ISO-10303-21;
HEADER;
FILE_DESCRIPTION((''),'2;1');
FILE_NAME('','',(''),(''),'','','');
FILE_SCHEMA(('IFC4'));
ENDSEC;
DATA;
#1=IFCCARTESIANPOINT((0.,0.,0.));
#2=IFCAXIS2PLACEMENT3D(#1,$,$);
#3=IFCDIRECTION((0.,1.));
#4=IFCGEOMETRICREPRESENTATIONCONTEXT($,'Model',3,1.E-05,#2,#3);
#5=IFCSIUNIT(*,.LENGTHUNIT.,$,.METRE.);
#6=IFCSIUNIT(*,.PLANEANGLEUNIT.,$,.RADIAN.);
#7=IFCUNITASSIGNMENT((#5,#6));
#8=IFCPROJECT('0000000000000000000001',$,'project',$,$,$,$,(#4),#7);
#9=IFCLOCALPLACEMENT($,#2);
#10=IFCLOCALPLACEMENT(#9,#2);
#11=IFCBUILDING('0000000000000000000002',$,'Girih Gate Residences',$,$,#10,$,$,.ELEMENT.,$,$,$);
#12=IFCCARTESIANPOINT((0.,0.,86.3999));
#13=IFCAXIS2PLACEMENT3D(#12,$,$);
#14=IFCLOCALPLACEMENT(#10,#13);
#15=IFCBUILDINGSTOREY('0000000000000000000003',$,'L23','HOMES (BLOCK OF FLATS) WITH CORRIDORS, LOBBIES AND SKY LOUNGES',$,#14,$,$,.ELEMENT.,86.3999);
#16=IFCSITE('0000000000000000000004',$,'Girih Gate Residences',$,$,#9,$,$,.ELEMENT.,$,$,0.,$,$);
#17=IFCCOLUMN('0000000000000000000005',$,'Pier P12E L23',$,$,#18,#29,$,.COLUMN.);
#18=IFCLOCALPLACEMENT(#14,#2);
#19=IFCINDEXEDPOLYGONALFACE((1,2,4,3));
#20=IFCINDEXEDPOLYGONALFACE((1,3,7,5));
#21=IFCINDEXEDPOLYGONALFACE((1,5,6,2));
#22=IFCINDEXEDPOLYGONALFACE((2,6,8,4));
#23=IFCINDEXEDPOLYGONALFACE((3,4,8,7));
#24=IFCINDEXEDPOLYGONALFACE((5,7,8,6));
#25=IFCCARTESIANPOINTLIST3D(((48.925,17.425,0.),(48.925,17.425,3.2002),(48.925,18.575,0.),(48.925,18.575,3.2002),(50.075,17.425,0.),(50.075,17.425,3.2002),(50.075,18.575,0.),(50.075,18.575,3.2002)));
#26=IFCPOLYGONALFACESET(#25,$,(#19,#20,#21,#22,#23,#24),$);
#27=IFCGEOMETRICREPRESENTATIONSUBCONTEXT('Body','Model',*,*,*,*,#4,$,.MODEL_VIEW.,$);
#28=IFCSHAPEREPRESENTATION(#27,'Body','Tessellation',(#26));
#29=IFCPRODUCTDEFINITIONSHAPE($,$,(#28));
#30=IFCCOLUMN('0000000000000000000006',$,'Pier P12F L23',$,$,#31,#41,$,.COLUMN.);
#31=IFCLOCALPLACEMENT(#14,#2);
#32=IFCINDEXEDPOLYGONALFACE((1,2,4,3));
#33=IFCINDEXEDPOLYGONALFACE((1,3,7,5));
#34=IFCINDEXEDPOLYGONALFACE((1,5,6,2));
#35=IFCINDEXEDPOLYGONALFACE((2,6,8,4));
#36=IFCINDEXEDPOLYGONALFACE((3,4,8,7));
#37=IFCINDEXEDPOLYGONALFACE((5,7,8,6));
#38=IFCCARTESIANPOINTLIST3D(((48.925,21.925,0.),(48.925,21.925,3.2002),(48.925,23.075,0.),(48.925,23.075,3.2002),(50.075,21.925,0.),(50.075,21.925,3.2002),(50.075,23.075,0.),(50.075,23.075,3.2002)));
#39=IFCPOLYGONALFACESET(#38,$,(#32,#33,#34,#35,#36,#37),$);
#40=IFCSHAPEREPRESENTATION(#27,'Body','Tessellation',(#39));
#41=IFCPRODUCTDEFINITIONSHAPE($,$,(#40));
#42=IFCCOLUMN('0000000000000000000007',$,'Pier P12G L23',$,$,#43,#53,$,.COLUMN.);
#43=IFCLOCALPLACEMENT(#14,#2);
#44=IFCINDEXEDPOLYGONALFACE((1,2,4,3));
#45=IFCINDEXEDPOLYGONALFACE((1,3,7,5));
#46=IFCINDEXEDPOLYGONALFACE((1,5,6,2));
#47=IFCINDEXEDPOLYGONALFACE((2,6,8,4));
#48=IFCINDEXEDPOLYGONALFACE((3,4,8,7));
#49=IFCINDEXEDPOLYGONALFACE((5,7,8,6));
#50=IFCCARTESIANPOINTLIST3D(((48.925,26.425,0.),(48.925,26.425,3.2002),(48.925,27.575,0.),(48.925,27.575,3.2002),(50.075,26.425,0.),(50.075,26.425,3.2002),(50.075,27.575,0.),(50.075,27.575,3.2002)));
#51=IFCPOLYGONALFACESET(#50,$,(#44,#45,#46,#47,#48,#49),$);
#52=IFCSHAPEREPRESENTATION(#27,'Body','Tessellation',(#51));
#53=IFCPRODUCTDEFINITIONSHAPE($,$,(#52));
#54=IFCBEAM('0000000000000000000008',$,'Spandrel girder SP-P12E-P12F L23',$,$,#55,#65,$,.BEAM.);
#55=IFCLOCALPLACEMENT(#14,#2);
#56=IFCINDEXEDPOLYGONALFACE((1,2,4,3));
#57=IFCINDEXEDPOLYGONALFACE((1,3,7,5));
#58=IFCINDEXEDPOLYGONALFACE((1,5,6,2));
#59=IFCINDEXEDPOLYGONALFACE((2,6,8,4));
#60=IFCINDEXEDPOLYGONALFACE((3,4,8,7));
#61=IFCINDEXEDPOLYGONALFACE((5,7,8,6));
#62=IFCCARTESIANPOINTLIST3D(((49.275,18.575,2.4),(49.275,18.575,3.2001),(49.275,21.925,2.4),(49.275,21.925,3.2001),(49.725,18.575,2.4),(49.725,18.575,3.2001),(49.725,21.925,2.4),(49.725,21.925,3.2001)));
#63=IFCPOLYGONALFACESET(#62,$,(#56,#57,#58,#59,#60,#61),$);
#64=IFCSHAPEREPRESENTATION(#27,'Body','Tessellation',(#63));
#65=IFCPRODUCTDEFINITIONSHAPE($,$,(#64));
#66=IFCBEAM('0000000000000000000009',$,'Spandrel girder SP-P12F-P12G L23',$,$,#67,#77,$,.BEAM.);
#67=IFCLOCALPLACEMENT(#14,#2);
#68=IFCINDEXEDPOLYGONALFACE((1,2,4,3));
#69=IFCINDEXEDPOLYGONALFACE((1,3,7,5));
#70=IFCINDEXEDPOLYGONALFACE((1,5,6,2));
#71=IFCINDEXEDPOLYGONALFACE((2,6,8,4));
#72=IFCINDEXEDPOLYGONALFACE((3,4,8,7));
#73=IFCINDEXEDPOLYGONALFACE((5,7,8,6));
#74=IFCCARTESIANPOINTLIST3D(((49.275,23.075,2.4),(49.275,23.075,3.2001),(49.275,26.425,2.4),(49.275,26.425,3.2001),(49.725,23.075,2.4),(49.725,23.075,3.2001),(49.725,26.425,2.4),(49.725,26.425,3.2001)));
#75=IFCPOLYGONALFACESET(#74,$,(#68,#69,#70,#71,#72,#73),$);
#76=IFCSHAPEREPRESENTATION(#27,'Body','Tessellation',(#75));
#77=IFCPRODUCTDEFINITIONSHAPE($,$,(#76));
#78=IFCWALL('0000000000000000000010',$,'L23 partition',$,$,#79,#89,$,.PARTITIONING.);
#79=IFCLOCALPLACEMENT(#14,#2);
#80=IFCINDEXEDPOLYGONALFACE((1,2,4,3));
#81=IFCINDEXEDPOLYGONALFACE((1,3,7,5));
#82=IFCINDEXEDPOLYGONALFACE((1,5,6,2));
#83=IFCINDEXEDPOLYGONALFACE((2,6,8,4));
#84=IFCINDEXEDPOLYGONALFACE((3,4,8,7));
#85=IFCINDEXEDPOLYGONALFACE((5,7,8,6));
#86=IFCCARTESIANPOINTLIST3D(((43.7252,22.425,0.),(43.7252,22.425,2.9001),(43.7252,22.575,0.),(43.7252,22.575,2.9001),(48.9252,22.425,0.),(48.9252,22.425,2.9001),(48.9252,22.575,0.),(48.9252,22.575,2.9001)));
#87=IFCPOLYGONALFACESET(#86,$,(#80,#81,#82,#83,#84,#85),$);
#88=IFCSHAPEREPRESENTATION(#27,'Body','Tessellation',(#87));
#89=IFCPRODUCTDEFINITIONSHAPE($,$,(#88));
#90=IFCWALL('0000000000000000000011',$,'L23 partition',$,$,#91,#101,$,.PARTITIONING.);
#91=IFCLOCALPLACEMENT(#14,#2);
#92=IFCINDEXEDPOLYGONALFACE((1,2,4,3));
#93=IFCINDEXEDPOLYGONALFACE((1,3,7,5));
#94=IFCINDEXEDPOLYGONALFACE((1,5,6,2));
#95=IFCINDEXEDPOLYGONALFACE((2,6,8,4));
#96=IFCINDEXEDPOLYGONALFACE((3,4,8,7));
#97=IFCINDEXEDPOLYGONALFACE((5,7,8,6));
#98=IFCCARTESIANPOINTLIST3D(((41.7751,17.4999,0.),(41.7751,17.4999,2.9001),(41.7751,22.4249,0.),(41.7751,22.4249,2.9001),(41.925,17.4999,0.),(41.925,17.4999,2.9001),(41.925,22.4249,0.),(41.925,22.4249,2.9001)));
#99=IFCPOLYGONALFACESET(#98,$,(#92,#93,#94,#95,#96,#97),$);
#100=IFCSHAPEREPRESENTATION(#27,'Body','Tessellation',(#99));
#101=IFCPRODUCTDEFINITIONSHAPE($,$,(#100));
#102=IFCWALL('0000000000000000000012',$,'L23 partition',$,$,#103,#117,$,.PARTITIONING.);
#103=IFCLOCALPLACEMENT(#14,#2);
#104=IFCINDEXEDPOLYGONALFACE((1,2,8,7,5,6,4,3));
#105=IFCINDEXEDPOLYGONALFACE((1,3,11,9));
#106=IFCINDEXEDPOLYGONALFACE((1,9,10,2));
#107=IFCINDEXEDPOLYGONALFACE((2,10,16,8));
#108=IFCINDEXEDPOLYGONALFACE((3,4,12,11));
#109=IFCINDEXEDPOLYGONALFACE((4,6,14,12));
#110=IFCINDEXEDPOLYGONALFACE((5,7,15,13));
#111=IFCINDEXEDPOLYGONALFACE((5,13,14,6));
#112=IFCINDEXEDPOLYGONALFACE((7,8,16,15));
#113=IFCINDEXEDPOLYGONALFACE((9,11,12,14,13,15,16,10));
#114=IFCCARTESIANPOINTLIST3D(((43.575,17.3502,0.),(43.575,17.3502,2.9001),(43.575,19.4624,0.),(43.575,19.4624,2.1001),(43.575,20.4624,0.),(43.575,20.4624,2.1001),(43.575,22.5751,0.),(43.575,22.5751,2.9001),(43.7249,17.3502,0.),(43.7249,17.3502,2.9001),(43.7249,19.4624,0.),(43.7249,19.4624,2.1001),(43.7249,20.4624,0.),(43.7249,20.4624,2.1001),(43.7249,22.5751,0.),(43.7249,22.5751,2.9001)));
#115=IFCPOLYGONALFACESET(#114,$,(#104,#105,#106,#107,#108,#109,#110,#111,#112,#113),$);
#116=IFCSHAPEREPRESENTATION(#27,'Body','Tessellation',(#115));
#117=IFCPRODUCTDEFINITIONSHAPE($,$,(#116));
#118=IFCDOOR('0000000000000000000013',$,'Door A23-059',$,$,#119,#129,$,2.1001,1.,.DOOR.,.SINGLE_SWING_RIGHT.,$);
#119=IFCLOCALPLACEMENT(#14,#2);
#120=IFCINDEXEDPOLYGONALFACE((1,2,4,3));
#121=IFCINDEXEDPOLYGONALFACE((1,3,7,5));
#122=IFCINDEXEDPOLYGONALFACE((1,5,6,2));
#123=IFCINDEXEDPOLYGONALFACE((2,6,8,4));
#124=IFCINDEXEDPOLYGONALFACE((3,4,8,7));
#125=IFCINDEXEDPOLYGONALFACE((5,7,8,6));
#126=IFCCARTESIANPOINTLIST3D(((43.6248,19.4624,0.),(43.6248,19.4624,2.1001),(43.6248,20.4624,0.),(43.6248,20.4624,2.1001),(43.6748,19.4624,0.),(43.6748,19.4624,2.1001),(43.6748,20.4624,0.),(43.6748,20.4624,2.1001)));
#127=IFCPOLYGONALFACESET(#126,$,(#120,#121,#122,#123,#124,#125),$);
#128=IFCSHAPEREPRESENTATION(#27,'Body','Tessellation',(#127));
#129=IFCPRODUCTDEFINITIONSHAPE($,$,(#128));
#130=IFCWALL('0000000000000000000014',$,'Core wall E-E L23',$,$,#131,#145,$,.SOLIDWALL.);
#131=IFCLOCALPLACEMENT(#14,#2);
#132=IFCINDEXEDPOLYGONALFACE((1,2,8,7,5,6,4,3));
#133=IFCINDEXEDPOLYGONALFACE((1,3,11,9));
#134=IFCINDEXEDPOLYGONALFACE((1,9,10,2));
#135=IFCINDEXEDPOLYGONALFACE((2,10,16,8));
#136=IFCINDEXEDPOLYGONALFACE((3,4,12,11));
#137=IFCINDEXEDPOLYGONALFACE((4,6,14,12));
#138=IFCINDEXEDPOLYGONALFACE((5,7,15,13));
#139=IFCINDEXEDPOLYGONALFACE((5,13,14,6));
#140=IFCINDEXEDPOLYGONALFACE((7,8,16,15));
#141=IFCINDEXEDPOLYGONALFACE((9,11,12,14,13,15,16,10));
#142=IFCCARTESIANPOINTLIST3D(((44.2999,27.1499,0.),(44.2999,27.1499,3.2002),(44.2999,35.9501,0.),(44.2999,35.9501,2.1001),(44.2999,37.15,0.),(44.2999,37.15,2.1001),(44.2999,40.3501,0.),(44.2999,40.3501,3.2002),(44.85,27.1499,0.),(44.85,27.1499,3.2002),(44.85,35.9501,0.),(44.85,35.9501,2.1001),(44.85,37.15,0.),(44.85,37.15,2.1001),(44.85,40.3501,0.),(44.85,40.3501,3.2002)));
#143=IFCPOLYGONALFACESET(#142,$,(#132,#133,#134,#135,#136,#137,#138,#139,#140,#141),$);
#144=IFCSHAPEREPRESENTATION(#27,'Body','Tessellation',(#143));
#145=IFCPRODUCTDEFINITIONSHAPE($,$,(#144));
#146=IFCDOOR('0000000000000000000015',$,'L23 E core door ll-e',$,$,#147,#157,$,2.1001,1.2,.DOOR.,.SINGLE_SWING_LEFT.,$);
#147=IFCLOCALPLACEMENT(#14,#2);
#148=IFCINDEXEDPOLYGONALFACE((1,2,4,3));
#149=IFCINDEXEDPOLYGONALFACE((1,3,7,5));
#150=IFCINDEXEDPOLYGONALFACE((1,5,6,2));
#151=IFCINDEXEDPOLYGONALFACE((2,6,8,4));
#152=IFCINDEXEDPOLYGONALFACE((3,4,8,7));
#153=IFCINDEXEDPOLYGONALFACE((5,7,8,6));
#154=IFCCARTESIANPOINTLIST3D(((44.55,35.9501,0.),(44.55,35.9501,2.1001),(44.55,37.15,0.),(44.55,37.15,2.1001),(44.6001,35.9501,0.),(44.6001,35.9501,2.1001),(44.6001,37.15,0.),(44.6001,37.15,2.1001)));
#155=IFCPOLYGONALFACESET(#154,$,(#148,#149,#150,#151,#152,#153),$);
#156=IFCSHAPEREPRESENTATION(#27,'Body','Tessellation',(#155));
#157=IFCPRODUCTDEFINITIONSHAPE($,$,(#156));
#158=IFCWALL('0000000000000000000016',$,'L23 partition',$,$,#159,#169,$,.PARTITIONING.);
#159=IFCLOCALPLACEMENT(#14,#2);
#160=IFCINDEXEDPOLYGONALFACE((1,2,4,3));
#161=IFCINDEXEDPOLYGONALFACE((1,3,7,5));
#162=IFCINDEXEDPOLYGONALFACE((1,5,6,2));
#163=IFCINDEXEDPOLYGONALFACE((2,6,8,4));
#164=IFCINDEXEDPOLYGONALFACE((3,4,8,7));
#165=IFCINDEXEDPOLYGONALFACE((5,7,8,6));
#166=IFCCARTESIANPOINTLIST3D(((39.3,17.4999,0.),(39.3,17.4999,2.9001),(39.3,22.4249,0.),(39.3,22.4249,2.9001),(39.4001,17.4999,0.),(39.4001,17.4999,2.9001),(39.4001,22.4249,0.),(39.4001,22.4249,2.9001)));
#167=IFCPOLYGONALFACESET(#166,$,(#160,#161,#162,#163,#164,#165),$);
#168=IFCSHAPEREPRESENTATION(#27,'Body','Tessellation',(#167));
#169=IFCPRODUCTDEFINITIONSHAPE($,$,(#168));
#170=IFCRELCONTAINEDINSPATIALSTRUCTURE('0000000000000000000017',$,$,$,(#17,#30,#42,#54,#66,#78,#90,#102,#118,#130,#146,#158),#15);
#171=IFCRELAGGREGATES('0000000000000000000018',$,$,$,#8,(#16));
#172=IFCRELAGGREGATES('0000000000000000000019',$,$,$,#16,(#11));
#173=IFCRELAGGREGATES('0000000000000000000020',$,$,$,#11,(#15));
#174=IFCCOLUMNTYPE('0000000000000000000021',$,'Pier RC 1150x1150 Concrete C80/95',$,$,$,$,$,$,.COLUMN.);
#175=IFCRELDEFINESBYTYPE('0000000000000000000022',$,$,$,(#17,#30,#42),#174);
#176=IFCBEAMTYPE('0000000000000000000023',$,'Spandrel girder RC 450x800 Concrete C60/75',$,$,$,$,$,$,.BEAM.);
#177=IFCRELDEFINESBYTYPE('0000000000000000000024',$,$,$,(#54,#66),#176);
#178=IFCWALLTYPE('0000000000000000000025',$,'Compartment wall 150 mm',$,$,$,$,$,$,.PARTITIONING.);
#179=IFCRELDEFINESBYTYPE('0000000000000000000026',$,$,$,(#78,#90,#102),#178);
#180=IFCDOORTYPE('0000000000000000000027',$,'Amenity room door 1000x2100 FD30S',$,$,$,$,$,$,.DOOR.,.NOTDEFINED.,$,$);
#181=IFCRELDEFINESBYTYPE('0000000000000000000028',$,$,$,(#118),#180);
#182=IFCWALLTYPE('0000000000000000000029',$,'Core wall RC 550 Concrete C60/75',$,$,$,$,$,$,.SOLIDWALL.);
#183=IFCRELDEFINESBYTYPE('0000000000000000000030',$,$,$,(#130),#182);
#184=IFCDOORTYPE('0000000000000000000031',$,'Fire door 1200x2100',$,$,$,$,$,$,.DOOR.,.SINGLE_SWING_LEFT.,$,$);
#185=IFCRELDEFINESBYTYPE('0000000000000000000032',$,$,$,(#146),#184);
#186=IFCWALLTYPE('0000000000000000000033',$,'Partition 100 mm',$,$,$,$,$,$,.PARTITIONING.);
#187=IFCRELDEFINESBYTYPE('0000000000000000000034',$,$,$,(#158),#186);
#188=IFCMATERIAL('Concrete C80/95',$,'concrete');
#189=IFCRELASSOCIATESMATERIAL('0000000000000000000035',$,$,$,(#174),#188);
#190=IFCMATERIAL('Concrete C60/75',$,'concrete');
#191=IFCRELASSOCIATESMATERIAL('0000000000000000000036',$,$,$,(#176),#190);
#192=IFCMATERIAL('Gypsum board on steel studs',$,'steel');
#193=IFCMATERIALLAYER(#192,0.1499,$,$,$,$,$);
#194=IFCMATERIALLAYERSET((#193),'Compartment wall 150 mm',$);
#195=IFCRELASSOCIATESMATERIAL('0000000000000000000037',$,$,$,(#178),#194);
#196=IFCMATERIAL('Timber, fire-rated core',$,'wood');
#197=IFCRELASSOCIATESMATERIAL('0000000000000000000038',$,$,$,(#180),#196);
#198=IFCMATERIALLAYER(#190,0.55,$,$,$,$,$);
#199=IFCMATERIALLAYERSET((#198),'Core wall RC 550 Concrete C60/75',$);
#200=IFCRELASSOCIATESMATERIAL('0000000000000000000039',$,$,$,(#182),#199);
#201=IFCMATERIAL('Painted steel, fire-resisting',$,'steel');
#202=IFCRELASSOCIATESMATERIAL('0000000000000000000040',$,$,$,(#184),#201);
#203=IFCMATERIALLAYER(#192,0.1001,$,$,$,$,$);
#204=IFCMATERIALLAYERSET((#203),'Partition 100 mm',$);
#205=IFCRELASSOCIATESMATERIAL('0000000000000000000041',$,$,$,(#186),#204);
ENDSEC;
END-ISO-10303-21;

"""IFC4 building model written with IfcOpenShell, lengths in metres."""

from ifc_helpers import new_model, si_unit, direction, frame, frame_2d, origin, origin_2d, place, context, subcontext, project, spatial, rectangle, extrude, material, layer, layer_set, material_profile, profile_set, type_object, element, fill, save


model = new_model("IFC4")

# Units and contexts
model_context = context("Model", 3, precision=1e-05, world=origin(), true_north=direction((0.0, 1.0)))
body_context = subcontext(model_context, "Body", "Model", "MODEL_VIEW")
ifc_project = project(units=[si_unit("LENGTHUNIT", "METRE"), si_unit("PLANEANGLEUNIT", "RADIAN")], contexts=[model_context])

# Site, building, storey
site_placement = place(None, origin())
site = spatial("IfcSite", under=ifc_project, at=site_placement, Name="Girih Gate Residences", CompositionType="ELEMENT", RefElevation=0.0)
building_placement = place(site_placement, origin())
building = spatial("IfcBuilding", under=site, at=building_placement, Name="Girih Gate Residences", CompositionType="ELEMENT")
storey_placement = place(building_placement, frame((0.0, 0.0, 86.3999)))
storey = spatial("IfcBuildingStorey", under=building, at=storey_placement, Name="L23", Description="HOMES (BLOCK OF FLATS) WITH CORRIDORS, LOBBIES AND SKY LOUNGES", CompositionType="ELEMENT", Elevation=86.3999)

# Columns
ifc_material_1 = material(Name="Concrete C80/95", Category="concrete")
ifc_material_profile_1 = material_profile(ifc_material_1, rectangle(XDim=1.1499, YDim=1.1499, at=origin_2d()))
ifc_profile_set_1 = profile_set([ifc_material_profile_1], Name="Concrete C80/95")
column_type = type_object("IfcColumnType", Name="Pier RC 1150x1150 Concrete C80/95", PredefinedType="COLUMN", material=ifc_profile_set_1)
for number, where, z_axis, x_axis, name in (
    (1, (49.5, 18.0, 0.0), (0.0, 0.0, 1.0), (1.0, 0.0, 0.0), "Pier P12E L23"),
    (2, (49.5, 22.5, 0.0), (0.0, 0.0, 1.0), (1.0, 0.0, 0.0), "Pier P12F L23"),
    (3, (49.5, 27.0, 0.0), (0.0, 0.0, 1.0), (1.0, 0.0, 0.0), "Pier P12G L23"),
):
    element("IfcColumn", number, at=place(storey_placement, frame(where, z_axis=z_axis, x_axis=x_axis)), inside=storey, type_object=column_type, Name=name, PredefinedType="COLUMN", context=body_context, shape_type="SweptSolid", body=[
        extrude(rectangle(XDim=1.1499, YDim=1.1499, at=origin_2d()), origin(), (0.0, 0.0, 1.0), 3.2002),
    ])

# Beams
ifc_material_2 = material(Name="Concrete C60/75", Category="concrete")
ifc_material_profile_2 = material_profile(ifc_material_2, rectangle(XDim=0.45, YDim=0.8, at=origin_2d()))
ifc_profile_set_2 = profile_set([ifc_material_profile_2], Name="Concrete C60/75")
beam_type = type_object("IfcBeamType", Name="Spandrel girder RC 450x800 Concrete C60/75", PredefinedType="BEAM", material=ifc_profile_set_2)
for number, where, z_axis, x_axis, name in (
    (4, (49.5, 18.575, 2.8), (0.0, 1.0, 0.0), (-1.0, 0.0, 0.0), "Spandrel girder SP-P12E-P12F L23"),
    (5, (49.5, 23.075, 2.8), (0.0, 1.0, 0.0), (-1.0, 0.0, 0.0), "Spandrel girder SP-P12F-P12G L23"),
):
    element("IfcBeam", number, at=place(storey_placement, frame(where, z_axis=z_axis, x_axis=x_axis)), inside=storey, type_object=beam_type, Name=name, PredefinedType="BEAM", context=body_context, shape_type="SweptSolid", body=[
        extrude(rectangle(XDim=0.45, YDim=0.8, at=origin_2d()), origin(), (0.0, 0.0, 1.0), 3.3501),
    ])

# Walls
ifc_material_3 = material(Name="Gypsum board on steel studs", Category="steel")
ifc_layer_1 = layer(ifc_material_3, 0.1499)
ifc_layer_set_1 = layer_set([ifc_layer_1], Name="Compartment wall 150 mm")
wall_type_1 = type_object("IfcWallType", Name="Compartment wall 150 mm", PredefinedType="PARTITIONING", material=ifc_layer_set_1)
wall_1_placement = place(storey_placement, frame((43.7251, 22.5, 0.0), z_axis=(0.0, 0.0, 1.0), x_axis=(1.0, 0.0, 0.0)))
element("IfcWall", 6, at=wall_1_placement, inside=storey, type_object=wall_type_1, Name="L23 partition", PredefinedType="PARTITIONING", context=body_context, shape_type="SweptSolid", body=[
    extrude(rectangle(XDim=5.2, YDim=0.1499, at=frame_2d((2.6001, 0.0))), origin(), (0.0, 0.0, 1.0), 2.9001),
])
wall_2_placement = place(storey_placement, frame((41.8501, 17.5, 0.0), z_axis=(0.0, 0.0, 1.0), x_axis=(0.0, 1.0, 0.0)))
element("IfcWall", 7, at=wall_2_placement, inside=storey, type_object=wall_type_1, Name="L23 partition", PredefinedType="PARTITIONING", context=body_context, shape_type="SweptSolid", body=[
    extrude(rectangle(XDim=4.925, YDim=0.1499, at=frame_2d((2.4624, 0.0))), origin(), (0.0, 0.0, 1.0), 2.9001),
])

# Walls, openings, doors
wall_3_placement = place(storey_placement, frame((43.6499, 22.575, 0.0), z_axis=(0.0, 0.0, 1.0), x_axis=(0.0, -1.0, 0.0)))
wall_3 = element("IfcWall", 8, at=wall_3_placement, inside=storey, type_object=wall_type_1, Name="L23 partition", PredefinedType="PARTITIONING", context=body_context, shape_type="SweptSolid", body=[
    extrude(rectangle(XDim=5.2249, YDim=0.1499, at=frame_2d((2.6123, 0.0))), origin(), (0.0, 0.0, 1.0), 2.9001),
])
opening_1_placement = place(wall_3_placement, frame((2.1125, 0.0, 0.0)))
opening_1 = element("IfcOpeningElement", 9, at=opening_1_placement, cuts=wall_3, PredefinedType="OPENING", context=body_context, shape_type="SweptSolid", body=[
    extrude(rectangle(XDim=1.0, YDim=2.1001, at=frame_2d((0.5, 1.05))), frame((0.0, 0.085, 0.0), z_axis=(0.0, -1.0, 0.0), x_axis=(1.0, 0.0, 0.0)), (0.0, 0.0, 1.0), 0.1699),
])
ifc_material_4 = material(Name="Timber, fire-rated core", Category="wood")
door_type_1 = type_object("IfcDoorType", Name="Amenity room door 1000x2100 FD30S", OperationType="NOTDEFINED", PredefinedType="DOOR", material=ifc_material_4)
door_1_placement = place(opening_1_placement, origin())
door_1 = element("IfcDoor", 10, at=door_1_placement, inside=storey, type_object=door_type_1, Name="Door A23-059", OperationType="SINGLE_SWING_RIGHT", OverallHeight=2.1001, OverallWidth=1.0, PredefinedType="DOOR", context=body_context, shape_type="SweptSolid", body=[
    extrude(rectangle(XDim=1.0, YDim=2.1001, at=frame_2d((0.5, 1.05))), frame((0.0, 0.0249, 0.0), z_axis=(0.0, -1.0, 0.0), x_axis=(1.0, 0.0, 0.0)), (0.0, 0.0, 1.0), 0.05),
])
fill(opening_1, door_1)
ifc_layer_2 = layer(ifc_material_2, 0.55)
ifc_layer_set_2 = layer_set([ifc_layer_2], Name="Core wall RC 550 Concrete C60/75")
wall_type_2 = type_object("IfcWallType", Name="Core wall RC 550 Concrete C60/75", PredefinedType="SOLIDWALL", material=ifc_layer_set_2)
wall_4_placement = place(storey_placement, frame((44.575, 27.1499, 0.0), z_axis=(0.0, 0.0, 1.0), x_axis=(0.0, 1.0, 0.0)))
wall_4 = element("IfcWall", 11, at=wall_4_placement, inside=storey, type_object=wall_type_2, Name="Core wall E-E L23", PredefinedType="SOLIDWALL", context=body_context, shape_type="SweptSolid", body=[
    extrude(rectangle(XDim=13.2002, YDim=0.55, at=frame_2d((6.6001, 0.0))), origin(), (0.0, 0.0, 1.0), 3.2002),
])
opening_2_placement = place(wall_4_placement, frame((8.8, 0.0, 0.0)))
opening_2 = element("IfcOpeningElement", 12, at=opening_2_placement, cuts=wall_4, PredefinedType="OPENING", context=body_context, shape_type="SweptSolid", body=[
    extrude(rectangle(XDim=1.2, YDim=2.1001, at=frame_2d((0.6001, 1.05))), frame((0.0, 0.2849, 0.0), z_axis=(0.0, -1.0, 0.0), x_axis=(1.0, 0.0, 0.0)), (0.0, 0.0, 1.0), 0.5701),
])
ifc_material_5 = material(Name="Painted steel, fire-resisting", Category="steel")
door_type_2 = type_object("IfcDoorType", Name="Fire door 1200x2100", OperationType="SINGLE_SWING_LEFT", PredefinedType="DOOR", material=ifc_material_5)
door_2_placement = place(opening_2_placement, origin())
door_2 = element("IfcDoor", 13, at=door_2_placement, inside=storey, type_object=door_type_2, Name="L23 E core door ll-e", OperationType="SINGLE_SWING_LEFT", OverallHeight=2.1001, OverallWidth=1.2, PredefinedType="DOOR", context=body_context, shape_type="SweptSolid", body=[
    extrude(rectangle(XDim=1.2, YDim=2.1001, at=frame_2d((0.6001, 1.05))), frame((0.0, 0.0249, 0.0), z_axis=(0.0, -1.0, 0.0), x_axis=(1.0, 0.0, 0.0)), (0.0, 0.0, 1.0), 0.05),
])
fill(opening_2, door_2)

# Wall
ifc_layer_3 = layer(ifc_material_3, 0.1001)
ifc_layer_set_3 = layer_set([ifc_layer_3], Name="Partition 100 mm")
wall_type_3 = type_object("IfcWallType", Name="Partition 100 mm", PredefinedType="PARTITIONING", material=ifc_layer_set_3)
wall_5_placement = place(storey_placement, frame((39.3501, 17.5, 0.0), z_axis=(0.0, 0.0, 1.0), x_axis=(0.0, 1.0, 0.0)))
element("IfcWall", 14, at=wall_5_placement, inside=storey, type_object=wall_type_3, Name="L23 partition", PredefinedType="PARTITIONING", context=body_context, shape_type="SweptSolid", body=[
    extrude(rectangle(XDim=4.925, YDim=0.1001, at=frame_2d((2.4624, 0.0))), origin(), (0.0, 0.0, 1.0), 2.9001),
])

save(model, "model.ifc")
